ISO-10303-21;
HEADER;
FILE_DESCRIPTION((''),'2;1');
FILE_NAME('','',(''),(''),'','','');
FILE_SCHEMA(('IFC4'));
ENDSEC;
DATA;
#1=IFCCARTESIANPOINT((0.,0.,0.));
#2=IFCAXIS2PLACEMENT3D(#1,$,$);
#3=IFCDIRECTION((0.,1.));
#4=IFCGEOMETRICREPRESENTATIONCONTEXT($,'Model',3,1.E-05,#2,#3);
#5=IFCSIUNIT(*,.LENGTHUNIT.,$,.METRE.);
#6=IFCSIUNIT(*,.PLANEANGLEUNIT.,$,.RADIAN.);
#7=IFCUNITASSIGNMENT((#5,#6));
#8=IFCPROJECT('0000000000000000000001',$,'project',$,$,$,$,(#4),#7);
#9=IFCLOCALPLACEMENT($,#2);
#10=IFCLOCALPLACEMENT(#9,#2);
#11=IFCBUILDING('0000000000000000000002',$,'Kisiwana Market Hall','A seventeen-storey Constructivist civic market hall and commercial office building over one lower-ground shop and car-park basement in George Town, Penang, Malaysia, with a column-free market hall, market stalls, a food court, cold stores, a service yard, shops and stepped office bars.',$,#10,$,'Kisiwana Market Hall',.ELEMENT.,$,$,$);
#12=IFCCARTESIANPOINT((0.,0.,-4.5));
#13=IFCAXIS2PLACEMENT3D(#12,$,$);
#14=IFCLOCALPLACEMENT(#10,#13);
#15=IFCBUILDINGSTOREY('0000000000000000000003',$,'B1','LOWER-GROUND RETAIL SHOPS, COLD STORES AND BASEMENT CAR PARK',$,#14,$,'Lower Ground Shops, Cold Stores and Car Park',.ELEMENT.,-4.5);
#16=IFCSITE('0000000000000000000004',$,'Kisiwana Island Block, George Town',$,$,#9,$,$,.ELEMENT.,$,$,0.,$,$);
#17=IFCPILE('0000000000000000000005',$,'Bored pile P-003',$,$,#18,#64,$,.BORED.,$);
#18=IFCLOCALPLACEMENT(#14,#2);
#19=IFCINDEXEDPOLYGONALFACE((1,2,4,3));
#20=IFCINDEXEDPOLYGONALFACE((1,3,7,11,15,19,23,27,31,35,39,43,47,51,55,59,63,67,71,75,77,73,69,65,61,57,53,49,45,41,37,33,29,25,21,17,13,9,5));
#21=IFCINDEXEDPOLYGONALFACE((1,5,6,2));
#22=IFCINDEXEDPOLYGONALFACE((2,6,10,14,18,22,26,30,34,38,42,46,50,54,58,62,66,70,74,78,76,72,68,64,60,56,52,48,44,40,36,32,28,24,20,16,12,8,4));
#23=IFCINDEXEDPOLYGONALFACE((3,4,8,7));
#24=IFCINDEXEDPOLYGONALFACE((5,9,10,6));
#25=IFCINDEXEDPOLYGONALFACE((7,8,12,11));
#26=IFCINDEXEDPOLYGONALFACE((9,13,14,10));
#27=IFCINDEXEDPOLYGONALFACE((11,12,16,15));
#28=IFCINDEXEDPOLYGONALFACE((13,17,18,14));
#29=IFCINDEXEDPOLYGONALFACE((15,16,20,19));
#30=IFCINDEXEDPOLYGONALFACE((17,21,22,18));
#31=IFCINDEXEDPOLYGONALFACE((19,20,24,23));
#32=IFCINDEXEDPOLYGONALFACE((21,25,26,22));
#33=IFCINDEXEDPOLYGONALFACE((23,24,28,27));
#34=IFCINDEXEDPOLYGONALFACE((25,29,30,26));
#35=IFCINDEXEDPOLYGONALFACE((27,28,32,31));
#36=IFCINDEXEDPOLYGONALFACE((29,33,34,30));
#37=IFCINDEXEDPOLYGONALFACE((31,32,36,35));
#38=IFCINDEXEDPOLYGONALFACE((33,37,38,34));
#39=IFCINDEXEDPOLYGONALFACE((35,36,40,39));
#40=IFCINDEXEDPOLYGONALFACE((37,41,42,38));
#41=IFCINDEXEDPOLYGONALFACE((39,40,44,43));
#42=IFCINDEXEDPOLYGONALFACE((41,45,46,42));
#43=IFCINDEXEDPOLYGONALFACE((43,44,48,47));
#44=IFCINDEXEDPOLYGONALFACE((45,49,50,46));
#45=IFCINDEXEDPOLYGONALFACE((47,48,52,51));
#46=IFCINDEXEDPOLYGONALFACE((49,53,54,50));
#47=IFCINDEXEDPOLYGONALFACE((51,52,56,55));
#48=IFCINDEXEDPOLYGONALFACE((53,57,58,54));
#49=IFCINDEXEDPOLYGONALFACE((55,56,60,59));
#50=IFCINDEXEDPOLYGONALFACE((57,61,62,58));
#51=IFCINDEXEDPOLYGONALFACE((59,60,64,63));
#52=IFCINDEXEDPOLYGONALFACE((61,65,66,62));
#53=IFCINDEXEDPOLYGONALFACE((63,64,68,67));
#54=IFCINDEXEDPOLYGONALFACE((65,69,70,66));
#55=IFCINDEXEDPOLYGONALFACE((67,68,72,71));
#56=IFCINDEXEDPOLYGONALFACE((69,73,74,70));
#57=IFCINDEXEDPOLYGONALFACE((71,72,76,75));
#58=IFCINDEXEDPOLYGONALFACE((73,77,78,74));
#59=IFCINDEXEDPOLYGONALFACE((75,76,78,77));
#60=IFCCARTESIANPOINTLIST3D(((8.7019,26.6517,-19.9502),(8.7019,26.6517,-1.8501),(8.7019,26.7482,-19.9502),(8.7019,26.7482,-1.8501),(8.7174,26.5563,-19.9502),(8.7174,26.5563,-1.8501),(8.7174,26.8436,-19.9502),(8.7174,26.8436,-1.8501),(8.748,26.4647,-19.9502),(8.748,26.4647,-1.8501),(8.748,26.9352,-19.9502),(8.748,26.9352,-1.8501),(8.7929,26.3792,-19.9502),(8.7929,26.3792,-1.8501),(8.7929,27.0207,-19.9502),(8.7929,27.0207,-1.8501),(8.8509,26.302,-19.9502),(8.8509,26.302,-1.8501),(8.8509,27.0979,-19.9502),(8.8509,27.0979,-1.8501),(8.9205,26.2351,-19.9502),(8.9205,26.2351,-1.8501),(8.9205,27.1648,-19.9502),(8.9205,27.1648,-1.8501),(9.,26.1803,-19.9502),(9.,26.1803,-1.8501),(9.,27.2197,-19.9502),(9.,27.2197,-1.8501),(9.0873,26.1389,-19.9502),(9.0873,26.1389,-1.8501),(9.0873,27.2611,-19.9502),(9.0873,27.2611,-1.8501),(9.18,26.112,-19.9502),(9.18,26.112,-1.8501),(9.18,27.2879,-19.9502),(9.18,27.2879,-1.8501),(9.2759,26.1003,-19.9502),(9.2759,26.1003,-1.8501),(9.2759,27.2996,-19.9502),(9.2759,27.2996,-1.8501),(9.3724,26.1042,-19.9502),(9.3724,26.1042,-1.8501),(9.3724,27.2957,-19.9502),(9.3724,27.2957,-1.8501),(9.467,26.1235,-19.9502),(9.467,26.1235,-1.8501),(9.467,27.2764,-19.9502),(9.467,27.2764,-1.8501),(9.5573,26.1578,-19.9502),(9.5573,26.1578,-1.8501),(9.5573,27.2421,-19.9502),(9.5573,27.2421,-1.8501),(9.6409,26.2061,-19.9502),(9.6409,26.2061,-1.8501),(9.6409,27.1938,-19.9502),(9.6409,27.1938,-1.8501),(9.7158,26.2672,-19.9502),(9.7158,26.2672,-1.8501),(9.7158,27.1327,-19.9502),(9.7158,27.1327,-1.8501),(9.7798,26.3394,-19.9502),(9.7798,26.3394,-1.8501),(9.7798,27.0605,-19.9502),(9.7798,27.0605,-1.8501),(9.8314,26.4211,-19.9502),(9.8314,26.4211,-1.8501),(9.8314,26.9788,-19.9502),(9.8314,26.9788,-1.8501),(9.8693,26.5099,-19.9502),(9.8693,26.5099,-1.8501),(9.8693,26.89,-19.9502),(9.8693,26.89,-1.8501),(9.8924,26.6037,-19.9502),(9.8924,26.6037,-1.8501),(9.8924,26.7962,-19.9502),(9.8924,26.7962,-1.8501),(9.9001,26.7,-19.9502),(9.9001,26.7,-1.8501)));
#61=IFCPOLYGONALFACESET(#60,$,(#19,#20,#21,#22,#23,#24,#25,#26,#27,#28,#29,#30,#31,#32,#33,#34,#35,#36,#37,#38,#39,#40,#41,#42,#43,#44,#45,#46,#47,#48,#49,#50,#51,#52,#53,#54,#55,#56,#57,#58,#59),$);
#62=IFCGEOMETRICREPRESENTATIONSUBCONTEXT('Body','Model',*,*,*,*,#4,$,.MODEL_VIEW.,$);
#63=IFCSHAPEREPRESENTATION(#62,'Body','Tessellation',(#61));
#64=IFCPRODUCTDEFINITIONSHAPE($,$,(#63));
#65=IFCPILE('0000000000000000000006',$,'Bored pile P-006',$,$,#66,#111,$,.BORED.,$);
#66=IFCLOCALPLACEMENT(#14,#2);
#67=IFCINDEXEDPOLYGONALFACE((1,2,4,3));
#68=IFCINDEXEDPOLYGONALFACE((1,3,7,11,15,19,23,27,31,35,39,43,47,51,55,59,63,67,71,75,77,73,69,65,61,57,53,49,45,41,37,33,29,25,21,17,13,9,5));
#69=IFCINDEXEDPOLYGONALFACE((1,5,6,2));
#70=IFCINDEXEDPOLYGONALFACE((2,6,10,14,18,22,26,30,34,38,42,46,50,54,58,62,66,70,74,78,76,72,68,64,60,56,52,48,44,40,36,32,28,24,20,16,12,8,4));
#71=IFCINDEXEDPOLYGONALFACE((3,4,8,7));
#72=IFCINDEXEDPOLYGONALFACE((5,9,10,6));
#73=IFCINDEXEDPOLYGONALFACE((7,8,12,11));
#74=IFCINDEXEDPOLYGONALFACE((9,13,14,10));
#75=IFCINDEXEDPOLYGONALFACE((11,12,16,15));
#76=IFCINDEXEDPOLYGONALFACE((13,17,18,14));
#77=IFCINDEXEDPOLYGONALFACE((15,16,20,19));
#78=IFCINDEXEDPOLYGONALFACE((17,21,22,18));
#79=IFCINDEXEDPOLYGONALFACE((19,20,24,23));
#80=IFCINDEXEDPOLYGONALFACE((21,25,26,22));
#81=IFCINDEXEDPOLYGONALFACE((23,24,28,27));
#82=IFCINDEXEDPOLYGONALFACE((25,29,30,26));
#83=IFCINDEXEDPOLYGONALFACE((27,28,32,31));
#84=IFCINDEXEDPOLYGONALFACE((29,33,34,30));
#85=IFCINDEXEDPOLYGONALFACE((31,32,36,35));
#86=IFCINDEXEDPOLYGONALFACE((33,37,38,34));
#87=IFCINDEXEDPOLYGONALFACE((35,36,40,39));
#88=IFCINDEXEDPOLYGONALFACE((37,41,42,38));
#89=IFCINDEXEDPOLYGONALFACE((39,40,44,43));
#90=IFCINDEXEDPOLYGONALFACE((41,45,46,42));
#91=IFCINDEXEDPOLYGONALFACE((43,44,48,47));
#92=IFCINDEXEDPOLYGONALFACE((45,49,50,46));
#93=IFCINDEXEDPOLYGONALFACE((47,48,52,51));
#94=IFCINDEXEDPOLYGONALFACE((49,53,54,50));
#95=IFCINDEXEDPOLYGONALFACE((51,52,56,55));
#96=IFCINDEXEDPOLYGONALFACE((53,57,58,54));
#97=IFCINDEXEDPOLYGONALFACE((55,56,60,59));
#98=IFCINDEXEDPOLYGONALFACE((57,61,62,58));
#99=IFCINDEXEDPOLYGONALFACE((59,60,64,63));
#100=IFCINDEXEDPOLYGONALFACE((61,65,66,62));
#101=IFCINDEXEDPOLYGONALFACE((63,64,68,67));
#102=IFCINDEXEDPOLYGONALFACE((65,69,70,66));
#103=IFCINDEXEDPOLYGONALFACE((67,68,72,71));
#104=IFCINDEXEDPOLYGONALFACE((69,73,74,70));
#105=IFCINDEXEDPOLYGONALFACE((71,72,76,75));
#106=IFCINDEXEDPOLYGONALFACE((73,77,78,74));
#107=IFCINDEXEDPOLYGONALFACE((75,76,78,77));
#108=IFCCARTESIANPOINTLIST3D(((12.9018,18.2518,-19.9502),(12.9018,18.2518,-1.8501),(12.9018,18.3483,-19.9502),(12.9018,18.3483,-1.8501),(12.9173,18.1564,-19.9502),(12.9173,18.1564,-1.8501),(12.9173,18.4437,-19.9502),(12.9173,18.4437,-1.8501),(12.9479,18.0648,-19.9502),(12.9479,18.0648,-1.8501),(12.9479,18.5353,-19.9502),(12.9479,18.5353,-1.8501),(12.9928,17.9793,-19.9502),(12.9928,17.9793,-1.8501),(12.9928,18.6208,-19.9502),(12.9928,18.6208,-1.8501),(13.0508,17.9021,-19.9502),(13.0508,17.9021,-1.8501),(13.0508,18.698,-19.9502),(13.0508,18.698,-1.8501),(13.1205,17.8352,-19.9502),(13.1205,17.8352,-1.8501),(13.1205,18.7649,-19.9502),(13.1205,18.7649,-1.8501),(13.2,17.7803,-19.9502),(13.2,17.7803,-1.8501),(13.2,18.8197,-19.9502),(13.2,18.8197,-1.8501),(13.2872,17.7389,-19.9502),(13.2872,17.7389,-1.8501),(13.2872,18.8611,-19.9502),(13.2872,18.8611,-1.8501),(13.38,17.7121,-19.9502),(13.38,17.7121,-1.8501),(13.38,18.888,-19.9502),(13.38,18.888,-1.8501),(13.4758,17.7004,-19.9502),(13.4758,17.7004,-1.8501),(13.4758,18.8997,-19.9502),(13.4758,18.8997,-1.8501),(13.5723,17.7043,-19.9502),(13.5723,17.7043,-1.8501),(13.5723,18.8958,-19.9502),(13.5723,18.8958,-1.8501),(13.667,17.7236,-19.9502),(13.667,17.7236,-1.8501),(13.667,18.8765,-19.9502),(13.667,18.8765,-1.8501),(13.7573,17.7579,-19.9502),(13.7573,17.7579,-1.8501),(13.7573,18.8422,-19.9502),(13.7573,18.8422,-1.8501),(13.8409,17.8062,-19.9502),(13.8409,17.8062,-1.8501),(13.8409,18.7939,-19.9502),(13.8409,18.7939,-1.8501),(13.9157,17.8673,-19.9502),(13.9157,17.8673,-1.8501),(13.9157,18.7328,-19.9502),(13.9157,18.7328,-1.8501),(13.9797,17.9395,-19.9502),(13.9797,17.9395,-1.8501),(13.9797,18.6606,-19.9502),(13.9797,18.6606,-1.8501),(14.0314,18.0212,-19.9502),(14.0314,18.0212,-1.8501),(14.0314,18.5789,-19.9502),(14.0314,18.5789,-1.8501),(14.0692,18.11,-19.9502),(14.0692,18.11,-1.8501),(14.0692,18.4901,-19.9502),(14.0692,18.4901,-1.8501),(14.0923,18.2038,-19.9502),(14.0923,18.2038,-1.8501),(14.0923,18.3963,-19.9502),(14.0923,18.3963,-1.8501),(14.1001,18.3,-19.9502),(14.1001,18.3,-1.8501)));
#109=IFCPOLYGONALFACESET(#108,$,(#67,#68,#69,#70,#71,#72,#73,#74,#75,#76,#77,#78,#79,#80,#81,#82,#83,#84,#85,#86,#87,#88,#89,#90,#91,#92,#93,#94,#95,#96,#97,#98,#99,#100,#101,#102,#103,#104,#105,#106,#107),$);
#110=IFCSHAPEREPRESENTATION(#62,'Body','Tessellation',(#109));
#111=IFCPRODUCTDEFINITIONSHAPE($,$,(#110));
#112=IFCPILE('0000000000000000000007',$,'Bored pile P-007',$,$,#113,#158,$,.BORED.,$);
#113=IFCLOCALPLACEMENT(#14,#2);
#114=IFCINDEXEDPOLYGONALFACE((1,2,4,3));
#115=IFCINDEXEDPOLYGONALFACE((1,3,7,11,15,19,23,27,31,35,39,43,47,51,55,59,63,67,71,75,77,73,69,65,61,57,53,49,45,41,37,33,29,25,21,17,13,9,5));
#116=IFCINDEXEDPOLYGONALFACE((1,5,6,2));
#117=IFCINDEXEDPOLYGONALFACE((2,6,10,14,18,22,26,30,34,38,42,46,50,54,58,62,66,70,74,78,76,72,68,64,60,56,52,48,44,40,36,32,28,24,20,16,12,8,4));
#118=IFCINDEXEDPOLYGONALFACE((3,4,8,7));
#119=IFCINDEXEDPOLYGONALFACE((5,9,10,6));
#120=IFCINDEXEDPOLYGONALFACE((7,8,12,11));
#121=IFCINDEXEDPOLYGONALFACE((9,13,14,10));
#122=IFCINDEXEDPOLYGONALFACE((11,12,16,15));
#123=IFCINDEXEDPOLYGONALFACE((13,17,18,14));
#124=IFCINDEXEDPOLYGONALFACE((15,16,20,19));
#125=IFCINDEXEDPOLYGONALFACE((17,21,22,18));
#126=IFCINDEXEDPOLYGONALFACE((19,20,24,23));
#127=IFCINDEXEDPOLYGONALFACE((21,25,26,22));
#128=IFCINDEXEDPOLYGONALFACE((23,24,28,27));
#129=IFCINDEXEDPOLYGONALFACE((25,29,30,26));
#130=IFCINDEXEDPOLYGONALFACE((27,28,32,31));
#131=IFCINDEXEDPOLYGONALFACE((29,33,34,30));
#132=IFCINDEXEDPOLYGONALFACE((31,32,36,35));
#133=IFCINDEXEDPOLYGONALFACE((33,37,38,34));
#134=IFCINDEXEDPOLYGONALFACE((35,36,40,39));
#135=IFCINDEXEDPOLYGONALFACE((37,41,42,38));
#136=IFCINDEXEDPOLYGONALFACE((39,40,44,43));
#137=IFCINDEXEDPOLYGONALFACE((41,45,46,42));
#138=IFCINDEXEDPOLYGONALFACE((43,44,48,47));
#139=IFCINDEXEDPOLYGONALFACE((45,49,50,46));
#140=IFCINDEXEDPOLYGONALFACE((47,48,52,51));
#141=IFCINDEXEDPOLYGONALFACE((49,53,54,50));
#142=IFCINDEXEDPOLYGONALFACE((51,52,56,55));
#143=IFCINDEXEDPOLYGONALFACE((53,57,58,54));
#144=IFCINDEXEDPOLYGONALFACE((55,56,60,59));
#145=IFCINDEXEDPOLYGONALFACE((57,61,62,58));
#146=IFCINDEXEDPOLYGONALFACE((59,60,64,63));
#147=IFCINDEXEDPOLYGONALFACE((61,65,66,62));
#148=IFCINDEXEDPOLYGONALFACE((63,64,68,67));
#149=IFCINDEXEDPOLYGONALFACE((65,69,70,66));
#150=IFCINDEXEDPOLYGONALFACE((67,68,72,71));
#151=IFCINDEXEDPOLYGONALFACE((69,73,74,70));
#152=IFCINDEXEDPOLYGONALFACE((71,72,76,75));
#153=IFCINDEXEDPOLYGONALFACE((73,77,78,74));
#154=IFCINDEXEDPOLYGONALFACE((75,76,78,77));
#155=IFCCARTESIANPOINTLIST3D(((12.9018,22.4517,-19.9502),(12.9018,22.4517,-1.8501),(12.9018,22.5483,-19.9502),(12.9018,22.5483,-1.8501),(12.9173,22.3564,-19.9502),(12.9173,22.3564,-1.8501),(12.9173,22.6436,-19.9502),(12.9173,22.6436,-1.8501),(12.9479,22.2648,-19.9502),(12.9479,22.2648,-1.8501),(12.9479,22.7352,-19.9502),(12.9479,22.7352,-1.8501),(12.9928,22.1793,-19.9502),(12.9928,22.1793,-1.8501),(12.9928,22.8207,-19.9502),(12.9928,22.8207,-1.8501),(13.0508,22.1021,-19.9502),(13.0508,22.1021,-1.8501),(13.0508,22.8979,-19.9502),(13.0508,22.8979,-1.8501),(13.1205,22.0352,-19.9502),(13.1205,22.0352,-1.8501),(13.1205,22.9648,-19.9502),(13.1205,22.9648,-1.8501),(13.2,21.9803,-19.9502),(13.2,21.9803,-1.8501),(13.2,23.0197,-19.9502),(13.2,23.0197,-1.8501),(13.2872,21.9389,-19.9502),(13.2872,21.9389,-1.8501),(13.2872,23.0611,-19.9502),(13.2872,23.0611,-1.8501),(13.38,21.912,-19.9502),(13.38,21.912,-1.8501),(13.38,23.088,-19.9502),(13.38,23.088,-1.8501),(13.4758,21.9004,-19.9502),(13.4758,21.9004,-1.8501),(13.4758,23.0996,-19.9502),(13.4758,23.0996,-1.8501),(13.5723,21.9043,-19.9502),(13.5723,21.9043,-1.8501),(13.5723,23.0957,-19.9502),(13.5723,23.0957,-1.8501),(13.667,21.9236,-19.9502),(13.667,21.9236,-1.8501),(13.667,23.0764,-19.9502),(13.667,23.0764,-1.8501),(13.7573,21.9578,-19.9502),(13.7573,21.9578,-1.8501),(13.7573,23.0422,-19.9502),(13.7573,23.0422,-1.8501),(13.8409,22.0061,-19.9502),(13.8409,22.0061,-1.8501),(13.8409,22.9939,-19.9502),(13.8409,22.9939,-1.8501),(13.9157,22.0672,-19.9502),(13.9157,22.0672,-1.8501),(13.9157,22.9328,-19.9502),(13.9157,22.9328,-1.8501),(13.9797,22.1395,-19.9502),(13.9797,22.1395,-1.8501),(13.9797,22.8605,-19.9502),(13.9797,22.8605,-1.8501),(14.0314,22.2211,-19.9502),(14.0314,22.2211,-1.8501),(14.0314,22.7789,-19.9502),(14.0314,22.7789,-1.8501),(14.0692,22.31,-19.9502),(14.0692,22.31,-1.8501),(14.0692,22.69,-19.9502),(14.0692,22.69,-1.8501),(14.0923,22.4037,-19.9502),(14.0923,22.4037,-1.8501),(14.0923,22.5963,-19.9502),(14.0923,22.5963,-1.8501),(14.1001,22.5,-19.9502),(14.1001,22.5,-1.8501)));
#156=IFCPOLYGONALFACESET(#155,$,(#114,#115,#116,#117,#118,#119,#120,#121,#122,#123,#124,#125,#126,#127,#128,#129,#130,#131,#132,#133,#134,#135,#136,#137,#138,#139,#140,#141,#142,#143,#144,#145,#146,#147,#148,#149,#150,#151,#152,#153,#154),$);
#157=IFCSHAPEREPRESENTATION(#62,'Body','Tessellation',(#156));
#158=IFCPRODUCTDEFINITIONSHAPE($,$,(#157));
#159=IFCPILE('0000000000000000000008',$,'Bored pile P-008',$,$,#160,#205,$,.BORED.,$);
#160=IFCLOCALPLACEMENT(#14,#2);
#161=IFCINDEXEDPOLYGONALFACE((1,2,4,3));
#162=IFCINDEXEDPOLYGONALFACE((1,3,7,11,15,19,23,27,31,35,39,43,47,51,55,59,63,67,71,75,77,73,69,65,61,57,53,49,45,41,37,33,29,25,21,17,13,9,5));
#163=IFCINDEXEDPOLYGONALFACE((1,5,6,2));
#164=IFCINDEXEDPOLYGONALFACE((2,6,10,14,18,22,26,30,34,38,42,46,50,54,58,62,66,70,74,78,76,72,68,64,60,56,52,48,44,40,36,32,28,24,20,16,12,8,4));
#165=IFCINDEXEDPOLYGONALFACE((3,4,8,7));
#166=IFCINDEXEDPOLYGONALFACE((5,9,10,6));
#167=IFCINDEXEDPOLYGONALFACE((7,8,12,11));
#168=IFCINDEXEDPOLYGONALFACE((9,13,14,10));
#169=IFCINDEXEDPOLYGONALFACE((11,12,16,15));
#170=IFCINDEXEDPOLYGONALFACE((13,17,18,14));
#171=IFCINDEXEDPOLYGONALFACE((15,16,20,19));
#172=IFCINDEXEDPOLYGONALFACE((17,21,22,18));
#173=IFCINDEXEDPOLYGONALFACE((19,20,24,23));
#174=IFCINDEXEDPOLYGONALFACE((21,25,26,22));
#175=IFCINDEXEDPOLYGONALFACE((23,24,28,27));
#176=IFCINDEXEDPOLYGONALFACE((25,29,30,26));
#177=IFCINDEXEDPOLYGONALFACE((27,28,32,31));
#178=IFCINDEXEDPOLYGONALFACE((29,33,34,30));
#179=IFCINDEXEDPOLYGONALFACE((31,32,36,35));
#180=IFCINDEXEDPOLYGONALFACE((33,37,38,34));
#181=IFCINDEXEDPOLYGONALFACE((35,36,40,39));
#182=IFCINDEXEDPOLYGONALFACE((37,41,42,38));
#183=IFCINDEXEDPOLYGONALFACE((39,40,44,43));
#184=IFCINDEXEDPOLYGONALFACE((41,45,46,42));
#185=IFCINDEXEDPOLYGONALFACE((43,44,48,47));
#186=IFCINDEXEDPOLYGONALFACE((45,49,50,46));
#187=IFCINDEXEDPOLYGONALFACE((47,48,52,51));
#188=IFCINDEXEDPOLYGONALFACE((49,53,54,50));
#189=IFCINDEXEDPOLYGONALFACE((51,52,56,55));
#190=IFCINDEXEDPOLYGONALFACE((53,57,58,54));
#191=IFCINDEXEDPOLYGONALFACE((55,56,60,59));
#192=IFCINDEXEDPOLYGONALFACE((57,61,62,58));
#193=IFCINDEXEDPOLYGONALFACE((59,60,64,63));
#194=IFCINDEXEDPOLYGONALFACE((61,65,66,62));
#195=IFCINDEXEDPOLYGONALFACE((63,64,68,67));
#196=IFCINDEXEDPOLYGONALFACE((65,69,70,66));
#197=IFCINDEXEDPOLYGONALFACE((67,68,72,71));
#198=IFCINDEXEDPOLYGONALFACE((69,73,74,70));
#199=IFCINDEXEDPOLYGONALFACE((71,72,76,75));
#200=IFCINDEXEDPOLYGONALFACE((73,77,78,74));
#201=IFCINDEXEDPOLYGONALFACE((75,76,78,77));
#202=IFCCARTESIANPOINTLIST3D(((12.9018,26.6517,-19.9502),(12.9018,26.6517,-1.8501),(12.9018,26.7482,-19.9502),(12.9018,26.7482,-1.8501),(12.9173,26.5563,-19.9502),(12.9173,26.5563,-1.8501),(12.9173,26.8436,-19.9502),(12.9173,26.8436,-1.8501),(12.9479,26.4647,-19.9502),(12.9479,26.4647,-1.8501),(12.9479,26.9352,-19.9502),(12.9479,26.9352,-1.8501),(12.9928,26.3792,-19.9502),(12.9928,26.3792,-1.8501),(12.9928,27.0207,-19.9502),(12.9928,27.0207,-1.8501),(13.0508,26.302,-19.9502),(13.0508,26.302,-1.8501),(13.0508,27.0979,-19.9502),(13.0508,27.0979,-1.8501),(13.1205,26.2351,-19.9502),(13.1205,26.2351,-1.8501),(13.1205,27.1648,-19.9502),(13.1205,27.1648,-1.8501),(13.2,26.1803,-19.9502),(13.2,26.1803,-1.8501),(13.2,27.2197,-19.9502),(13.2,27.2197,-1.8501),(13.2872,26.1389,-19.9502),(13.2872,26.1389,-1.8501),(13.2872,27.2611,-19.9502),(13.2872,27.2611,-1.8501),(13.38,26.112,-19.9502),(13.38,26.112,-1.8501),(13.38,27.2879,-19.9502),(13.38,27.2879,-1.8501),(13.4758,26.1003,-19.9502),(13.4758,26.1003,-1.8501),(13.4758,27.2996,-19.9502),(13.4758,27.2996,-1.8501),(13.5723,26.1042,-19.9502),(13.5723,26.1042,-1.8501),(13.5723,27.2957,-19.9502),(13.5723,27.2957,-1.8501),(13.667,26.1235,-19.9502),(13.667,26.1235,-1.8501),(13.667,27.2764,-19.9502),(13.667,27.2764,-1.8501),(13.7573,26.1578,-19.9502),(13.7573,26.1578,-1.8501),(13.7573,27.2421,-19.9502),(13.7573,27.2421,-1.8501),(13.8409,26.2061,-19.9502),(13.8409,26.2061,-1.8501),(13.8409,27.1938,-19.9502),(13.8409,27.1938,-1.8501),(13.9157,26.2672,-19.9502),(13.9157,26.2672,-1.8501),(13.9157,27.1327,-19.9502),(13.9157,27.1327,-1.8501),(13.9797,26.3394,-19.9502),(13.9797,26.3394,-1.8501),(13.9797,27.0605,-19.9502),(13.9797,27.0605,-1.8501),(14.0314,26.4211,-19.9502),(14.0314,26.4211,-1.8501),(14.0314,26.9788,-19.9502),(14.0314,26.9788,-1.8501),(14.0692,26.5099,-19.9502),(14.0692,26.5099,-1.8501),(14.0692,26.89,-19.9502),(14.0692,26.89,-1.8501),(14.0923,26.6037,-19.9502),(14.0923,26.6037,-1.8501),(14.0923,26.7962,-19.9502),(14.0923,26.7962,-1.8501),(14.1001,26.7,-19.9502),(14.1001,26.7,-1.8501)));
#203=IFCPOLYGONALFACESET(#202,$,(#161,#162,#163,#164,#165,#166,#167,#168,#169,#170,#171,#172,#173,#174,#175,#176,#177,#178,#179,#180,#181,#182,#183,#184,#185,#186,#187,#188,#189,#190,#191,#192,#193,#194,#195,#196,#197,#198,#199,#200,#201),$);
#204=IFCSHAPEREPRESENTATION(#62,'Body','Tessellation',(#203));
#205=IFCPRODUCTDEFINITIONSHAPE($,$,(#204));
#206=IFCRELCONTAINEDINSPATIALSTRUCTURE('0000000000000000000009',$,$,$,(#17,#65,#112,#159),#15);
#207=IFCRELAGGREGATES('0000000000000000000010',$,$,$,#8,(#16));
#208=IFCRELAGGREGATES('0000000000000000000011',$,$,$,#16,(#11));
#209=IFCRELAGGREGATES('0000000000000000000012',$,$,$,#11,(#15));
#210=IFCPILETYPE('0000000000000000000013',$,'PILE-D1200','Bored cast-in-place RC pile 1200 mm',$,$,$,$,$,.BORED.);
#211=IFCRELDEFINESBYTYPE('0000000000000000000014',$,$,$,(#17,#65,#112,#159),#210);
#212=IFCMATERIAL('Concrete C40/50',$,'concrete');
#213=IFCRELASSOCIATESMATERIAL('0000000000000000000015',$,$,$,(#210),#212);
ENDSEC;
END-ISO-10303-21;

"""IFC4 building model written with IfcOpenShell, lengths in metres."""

from ifc_helpers import new_model, si_unit, direction, frame, origin, origin_2d, place, context, subcontext, project, spatial, circle, extrude, material, material_profile, profile_set, type_object, element, save


model = new_model("IFC4")

# Units and contexts
model_context = context("Model", 3, precision=1e-05, world=origin(), true_north=direction((0.0, 1.0)))
body_context = subcontext(model_context, "Body", "Model", "MODEL_VIEW")
ifc_project = project(units=[si_unit("LENGTHUNIT", "METRE"), si_unit("PLANEANGLEUNIT", "RADIAN")], contexts=[model_context])

# Site, building, storey
site_placement = place(None, origin())
site = spatial("IfcSite", under=ifc_project, at=site_placement, Name="Kisiwana Island Block, George Town", CompositionType="ELEMENT", RefElevation=0.0)
building_placement = place(site_placement, origin())
building = spatial("IfcBuilding", under=site, at=building_placement, Name="Kisiwana Market Hall", Description="A seventeen-storey Constructivist civic market hall and commercial office building over one lower-ground shop and car-park basement in George Town, Penang, Malaysia, with a column-free market hall, market stalls, a food court, cold stores, a service yard, shops and stepped office bars.", LongName="Kisiwana Market Hall", CompositionType="ELEMENT")
storey_placement = place(building_placement, frame((0.0, 0.0, -4.5)))
storey = spatial("IfcBuildingStorey", under=building, at=storey_placement, Name="B1", Description="LOWER-GROUND RETAIL SHOPS, COLD STORES AND BASEMENT CAR PARK", LongName="Lower Ground Shops, Cold Stores and Car Park", CompositionType="ELEMENT", Elevation=-4.5)

# Piles
ifc_material_1 = material(Name="Concrete C40/50", Category="concrete")
ifc_material_profile_1 = material_profile(ifc_material_1, circle(Radius=0.6001, at=origin_2d()), Name="BP D1200")
ifc_profile_set_1 = profile_set([ifc_material_profile_1], Name="Concrete C40/50")
pile_type_1 = type_object("IfcPileType", Name="PILE-D1200", Description="Bored cast-in-place RC pile 1200 mm", PredefinedType="BORED", material=ifc_profile_set_1)
for number, where, z_axis, x_axis, name in (
    (1, (9.3, 26.7, -1.8501), (0.0, 0.0, -1.0), (1.0, 0.0, 0.0), "Bored pile P-003"),
    (2, (13.5, 18.3, -1.8501), (0.0, 0.0, -1.0), (1.0, 0.0, 0.0), "Bored pile P-006"),
    (3, (13.5, 22.5, -1.8501), (0.0, 0.0, -1.0), (1.0, 0.0, 0.0), "Bored pile P-007"),
    (4, (13.5, 26.7, -1.8501), (0.0, 0.0, -1.0), (1.0, 0.0, 0.0), "Bored pile P-008"),
):
    element("IfcPile", number, at=place(storey_placement, frame(where, z_axis=z_axis, x_axis=x_axis)), inside=storey, type_object=pile_type_1, Name=name, PredefinedType="BORED", context=body_context, shape_type="SweptSolid", body=[
        extrude(circle(Radius=0.6001, at=origin_2d()), origin(), (0.0, 0.0, 1.0), 18.1001),
    ])

save(model, "model.ifc")
